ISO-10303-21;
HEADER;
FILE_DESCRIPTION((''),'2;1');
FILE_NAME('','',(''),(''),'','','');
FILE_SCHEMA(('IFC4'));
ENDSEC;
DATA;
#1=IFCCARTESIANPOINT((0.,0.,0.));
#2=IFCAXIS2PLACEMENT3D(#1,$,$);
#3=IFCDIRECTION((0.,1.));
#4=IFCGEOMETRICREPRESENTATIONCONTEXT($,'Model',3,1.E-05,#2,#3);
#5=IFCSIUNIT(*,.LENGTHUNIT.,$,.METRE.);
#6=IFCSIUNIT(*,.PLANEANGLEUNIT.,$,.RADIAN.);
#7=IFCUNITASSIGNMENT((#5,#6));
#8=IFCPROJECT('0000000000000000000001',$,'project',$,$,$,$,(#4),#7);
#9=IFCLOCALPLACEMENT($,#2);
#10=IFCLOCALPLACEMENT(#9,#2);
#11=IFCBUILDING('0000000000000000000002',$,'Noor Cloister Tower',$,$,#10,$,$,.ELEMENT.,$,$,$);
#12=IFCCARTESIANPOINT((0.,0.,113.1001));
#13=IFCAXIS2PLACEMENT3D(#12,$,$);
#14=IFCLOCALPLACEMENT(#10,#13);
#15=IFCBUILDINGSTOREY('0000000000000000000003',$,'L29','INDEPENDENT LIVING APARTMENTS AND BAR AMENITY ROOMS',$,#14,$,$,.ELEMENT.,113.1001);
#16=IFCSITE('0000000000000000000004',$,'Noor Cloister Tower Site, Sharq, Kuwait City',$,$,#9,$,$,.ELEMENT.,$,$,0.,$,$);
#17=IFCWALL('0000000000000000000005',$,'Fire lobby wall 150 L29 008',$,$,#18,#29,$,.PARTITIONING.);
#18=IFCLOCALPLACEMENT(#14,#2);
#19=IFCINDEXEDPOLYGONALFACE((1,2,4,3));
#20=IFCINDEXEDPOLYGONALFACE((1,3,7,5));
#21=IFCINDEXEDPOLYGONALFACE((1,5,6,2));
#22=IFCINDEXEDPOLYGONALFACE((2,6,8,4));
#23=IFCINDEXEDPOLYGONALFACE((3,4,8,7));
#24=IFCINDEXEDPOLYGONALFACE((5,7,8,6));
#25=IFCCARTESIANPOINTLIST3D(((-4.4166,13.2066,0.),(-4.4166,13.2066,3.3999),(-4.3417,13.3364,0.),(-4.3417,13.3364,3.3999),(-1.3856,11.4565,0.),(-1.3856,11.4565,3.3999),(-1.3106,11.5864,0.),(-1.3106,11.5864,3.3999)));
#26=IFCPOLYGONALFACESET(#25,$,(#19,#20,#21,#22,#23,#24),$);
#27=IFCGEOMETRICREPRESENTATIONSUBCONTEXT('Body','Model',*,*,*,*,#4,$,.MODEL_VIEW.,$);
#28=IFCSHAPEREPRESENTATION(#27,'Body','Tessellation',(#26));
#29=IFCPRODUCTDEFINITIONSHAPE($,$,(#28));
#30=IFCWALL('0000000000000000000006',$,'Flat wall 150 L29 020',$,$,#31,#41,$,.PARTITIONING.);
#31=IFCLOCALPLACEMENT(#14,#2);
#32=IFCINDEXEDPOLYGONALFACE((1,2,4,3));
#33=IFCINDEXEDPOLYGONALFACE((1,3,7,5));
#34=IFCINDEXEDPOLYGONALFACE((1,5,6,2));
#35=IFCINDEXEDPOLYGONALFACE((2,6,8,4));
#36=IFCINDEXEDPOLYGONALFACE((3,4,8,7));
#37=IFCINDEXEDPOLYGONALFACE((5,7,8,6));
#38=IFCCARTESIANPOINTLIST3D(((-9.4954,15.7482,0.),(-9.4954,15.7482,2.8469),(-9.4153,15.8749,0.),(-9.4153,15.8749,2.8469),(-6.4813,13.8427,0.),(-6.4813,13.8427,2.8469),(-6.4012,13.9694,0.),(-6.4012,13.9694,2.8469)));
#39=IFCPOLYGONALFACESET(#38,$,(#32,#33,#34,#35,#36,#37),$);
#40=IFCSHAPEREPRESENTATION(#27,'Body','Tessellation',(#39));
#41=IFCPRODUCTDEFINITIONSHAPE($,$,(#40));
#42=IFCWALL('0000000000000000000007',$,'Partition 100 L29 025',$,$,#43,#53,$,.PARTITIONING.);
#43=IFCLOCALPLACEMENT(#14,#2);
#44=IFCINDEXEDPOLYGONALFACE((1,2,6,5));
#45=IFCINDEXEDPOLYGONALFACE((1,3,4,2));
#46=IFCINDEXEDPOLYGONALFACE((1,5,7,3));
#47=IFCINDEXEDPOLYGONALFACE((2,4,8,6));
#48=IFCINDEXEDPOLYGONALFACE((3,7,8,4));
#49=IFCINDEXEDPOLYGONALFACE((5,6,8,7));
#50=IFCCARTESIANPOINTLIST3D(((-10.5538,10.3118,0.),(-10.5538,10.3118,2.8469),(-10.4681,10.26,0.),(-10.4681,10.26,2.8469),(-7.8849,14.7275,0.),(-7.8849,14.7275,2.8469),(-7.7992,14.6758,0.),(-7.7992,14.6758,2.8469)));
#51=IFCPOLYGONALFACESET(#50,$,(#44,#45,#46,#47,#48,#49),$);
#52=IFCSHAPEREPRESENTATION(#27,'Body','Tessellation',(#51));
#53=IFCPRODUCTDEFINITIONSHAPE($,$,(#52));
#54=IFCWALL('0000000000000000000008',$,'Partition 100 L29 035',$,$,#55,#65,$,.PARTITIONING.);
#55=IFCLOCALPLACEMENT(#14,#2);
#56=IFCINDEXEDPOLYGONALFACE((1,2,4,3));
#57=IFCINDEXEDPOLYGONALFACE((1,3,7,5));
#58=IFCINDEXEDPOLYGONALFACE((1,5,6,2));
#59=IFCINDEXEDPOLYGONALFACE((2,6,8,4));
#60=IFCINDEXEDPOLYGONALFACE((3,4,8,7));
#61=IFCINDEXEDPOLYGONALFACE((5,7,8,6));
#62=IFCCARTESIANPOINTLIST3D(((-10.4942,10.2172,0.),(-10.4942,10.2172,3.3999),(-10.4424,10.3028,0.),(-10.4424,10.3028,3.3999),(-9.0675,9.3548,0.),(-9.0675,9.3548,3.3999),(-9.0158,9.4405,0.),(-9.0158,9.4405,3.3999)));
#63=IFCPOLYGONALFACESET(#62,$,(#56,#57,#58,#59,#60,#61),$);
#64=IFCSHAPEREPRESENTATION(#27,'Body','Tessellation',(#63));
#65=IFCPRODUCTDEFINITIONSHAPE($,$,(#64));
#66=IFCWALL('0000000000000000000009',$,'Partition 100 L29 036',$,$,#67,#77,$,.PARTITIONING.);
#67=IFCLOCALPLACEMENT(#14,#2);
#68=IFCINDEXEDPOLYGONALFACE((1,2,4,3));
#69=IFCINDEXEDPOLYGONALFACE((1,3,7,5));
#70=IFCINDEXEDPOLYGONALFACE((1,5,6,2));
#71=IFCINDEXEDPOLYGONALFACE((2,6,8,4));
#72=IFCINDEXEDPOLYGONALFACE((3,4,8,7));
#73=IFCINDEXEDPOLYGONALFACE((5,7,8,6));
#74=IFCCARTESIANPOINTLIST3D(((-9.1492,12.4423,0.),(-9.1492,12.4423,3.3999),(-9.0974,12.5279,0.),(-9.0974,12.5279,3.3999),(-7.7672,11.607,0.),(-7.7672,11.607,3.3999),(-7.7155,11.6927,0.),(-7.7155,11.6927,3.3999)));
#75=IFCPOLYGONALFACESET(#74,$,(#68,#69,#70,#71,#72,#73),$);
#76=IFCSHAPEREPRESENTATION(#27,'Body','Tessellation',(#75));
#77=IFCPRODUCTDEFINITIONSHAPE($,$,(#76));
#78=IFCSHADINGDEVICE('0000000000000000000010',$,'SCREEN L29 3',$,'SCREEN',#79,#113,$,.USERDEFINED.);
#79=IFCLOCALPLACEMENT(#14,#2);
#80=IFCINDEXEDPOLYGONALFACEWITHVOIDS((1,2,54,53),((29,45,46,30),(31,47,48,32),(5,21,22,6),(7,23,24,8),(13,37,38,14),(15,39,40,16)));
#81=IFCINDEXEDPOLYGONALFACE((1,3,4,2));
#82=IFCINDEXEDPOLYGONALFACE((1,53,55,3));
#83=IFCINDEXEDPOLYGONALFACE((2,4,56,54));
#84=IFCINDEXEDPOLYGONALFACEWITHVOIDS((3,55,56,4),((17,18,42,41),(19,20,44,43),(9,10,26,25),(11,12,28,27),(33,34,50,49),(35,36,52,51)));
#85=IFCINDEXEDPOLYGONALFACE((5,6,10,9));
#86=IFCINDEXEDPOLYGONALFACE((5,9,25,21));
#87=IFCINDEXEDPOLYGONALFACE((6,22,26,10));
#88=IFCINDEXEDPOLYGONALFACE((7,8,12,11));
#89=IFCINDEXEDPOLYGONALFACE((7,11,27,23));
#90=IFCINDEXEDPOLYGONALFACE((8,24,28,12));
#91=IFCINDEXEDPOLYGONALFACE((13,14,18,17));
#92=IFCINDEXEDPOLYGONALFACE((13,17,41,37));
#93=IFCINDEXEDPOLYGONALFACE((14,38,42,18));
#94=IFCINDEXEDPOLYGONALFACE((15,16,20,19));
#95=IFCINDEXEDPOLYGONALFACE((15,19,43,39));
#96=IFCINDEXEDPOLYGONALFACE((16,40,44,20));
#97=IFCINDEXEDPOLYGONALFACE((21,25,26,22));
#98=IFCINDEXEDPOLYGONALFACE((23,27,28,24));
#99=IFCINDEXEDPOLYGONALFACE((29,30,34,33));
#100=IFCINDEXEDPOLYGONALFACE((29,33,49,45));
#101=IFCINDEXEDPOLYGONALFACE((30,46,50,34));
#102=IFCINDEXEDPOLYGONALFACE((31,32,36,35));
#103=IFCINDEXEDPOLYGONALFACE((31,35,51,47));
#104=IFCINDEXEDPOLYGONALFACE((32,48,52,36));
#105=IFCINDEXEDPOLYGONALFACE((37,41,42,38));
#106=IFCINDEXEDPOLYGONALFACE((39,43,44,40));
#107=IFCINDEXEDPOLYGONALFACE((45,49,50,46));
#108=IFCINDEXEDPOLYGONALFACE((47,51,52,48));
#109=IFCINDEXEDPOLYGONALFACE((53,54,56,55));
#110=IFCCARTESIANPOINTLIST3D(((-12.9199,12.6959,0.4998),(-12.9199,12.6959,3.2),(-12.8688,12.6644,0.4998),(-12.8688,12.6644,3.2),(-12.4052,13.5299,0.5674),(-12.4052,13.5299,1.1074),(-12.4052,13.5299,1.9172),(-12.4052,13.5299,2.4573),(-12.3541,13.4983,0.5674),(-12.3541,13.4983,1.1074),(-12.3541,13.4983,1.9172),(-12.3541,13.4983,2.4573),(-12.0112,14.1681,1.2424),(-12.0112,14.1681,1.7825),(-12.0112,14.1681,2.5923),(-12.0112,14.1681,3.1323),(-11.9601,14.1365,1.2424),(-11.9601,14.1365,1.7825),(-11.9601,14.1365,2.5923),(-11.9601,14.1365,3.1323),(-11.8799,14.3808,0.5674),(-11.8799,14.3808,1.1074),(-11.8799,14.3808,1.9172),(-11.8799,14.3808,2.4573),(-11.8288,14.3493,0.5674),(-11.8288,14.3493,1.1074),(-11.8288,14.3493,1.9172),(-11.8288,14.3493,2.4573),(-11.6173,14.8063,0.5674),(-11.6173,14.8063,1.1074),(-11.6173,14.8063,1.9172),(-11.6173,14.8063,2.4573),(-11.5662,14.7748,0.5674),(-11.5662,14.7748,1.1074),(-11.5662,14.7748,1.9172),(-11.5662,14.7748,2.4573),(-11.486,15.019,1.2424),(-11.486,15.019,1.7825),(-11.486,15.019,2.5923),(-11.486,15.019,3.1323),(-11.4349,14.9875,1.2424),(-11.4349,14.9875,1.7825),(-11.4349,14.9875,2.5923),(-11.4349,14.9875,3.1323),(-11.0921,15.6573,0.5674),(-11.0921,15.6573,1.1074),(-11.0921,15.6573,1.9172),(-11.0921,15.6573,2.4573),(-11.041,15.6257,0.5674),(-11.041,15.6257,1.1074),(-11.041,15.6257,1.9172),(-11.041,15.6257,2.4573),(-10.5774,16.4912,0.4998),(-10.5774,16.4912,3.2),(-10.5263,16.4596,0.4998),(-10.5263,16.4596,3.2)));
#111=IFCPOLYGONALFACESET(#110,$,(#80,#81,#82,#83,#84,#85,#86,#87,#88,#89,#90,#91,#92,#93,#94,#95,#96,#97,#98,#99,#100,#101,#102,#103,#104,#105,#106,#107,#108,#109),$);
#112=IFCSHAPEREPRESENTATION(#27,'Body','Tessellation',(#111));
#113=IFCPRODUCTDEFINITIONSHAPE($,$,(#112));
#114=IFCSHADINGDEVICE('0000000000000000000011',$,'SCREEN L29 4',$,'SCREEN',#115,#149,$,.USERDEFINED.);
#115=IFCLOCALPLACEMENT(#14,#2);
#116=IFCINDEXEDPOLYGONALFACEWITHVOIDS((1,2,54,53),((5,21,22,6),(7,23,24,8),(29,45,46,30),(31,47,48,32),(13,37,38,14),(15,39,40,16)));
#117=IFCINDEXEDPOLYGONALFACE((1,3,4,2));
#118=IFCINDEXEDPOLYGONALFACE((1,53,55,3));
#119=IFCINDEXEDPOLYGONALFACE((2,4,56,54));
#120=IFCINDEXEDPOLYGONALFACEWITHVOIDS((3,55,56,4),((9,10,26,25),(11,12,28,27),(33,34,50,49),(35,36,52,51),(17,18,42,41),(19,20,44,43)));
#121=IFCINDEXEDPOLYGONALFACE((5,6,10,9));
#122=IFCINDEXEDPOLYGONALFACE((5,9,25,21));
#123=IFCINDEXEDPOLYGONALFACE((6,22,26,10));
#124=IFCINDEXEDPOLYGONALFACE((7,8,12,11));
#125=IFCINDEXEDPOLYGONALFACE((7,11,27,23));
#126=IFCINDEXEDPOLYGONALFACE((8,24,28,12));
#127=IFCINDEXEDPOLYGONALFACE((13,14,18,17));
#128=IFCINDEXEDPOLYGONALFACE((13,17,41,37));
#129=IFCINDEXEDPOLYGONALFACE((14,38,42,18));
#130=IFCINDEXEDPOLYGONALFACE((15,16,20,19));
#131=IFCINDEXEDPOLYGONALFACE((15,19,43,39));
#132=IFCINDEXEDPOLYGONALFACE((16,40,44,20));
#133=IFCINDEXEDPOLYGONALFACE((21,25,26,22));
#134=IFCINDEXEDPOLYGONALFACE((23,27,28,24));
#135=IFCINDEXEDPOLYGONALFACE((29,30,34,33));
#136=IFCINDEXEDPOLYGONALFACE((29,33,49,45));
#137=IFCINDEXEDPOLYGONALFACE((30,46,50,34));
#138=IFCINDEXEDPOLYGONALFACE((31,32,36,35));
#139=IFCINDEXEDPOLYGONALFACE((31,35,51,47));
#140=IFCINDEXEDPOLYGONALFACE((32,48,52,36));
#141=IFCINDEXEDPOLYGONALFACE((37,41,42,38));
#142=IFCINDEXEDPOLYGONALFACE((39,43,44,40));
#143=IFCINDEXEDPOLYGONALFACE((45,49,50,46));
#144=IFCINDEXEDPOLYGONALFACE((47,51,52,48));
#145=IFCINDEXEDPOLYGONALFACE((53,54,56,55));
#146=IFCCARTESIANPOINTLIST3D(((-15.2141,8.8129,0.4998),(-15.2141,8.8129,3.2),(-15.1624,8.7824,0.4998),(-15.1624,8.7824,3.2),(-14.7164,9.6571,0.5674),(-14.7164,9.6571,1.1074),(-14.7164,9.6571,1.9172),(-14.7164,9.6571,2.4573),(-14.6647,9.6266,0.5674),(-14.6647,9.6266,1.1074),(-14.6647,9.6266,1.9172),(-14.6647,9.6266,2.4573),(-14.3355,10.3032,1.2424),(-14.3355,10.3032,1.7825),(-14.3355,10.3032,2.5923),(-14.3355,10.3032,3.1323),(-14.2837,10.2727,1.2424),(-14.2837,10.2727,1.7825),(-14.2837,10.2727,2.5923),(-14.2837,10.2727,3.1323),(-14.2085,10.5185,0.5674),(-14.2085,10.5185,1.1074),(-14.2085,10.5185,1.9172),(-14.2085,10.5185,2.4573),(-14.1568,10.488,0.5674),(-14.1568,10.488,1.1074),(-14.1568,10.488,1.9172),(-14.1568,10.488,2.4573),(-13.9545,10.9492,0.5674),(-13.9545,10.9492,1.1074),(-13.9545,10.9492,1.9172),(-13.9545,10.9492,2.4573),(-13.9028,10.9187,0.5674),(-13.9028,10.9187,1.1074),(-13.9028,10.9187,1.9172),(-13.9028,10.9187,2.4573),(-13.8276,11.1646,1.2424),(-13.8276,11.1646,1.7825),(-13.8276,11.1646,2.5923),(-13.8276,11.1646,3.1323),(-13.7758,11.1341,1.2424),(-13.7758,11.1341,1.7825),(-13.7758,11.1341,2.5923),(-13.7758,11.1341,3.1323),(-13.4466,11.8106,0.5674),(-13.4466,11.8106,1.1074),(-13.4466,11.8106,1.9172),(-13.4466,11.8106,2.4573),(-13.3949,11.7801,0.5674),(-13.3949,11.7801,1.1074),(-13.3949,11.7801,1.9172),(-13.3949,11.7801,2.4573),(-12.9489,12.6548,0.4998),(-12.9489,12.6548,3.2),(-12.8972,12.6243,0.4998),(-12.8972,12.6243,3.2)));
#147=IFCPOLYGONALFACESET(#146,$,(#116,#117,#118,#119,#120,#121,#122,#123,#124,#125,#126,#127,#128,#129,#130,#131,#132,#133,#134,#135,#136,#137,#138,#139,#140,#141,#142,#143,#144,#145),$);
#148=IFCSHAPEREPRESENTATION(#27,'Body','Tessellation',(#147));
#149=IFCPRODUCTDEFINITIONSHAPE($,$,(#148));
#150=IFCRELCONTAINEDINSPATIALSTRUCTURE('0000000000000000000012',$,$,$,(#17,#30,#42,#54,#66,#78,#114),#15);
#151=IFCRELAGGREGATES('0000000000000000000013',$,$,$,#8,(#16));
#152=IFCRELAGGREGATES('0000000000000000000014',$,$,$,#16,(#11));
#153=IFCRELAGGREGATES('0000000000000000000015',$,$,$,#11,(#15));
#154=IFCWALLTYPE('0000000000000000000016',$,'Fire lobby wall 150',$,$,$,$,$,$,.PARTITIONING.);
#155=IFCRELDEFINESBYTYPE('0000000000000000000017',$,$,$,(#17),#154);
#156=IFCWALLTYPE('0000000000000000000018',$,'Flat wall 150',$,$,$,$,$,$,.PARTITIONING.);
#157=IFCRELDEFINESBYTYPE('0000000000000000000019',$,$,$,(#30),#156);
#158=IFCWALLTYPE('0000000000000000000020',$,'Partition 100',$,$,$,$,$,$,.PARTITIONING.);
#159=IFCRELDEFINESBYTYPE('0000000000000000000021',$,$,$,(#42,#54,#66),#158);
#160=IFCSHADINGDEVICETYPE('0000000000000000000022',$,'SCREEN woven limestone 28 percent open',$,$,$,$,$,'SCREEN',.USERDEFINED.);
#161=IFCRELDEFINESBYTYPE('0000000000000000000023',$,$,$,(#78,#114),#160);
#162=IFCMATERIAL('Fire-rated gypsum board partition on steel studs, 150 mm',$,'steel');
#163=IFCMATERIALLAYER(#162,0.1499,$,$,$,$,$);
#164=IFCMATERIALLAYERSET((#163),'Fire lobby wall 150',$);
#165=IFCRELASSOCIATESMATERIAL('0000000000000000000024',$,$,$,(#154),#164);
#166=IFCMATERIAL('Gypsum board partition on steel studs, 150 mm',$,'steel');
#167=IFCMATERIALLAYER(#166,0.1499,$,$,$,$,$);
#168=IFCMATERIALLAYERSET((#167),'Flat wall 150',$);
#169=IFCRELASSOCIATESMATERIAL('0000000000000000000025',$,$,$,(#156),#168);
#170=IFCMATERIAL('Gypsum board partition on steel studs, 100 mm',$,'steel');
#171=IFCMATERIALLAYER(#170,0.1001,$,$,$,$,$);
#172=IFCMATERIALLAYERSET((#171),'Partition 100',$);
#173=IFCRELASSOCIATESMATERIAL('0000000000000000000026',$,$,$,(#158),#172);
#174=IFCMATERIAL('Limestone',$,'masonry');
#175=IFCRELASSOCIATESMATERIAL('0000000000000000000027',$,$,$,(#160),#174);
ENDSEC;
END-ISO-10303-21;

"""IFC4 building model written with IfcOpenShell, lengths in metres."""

from ifc_helpers import new_model, si_unit, direction, frame, frame_2d, origin, place, context, subcontext, project, spatial, polyline, rectangle, outline, extrude, material, layer, layer_set, material_profile, profile_set, type_object, element, save


model = new_model("IFC4")

# Units and contexts
model_context = context("Model", 3, precision=1e-05, world=origin(), true_north=direction((0.0, 1.0)))
body_context = subcontext(model_context, "Body", "Model", "MODEL_VIEW")
ifc_project = project(units=[si_unit("LENGTHUNIT", "METRE"), si_unit("PLANEANGLEUNIT", "RADIAN")], contexts=[model_context])

# Site, building, storey
site_placement = place(None, origin())
site = spatial("IfcSite", under=ifc_project, at=site_placement, Name="Noor Cloister Tower Site, Sharq, Kuwait City", CompositionType="ELEMENT", RefElevation=0.0)
building_placement = place(site_placement, origin())
building = spatial("IfcBuilding", under=site, at=building_placement, Name="Noor Cloister Tower", CompositionType="ELEMENT")
storey_placement = place(building_placement, frame((0.0, 0.0, 113.1001)))
storey = spatial("IfcBuildingStorey", under=building, at=storey_placement, Name="L29", Description="INDEPENDENT LIVING APARTMENTS AND BAR AMENITY ROOMS", CompositionType="ELEMENT", Elevation=113.1001)

# Shared definitions
ifc_material_1 = material(Name="Fire-rated gypsum board partition on steel studs, 150 mm", Category="steel")
ifc_layer_1 = layer(ifc_material_1, 0.1499)
ifc_layer_set_1 = layer_set([ifc_layer_1], Name="Fire lobby wall 150")
wall_type_1 = type_object("IfcWallType", Name="Fire lobby wall 150", PredefinedType="PARTITIONING", material=ifc_layer_set_1)

# Walls
wall_1_placement = place(storey_placement, frame((-4.3792, 13.2715, 0.0), z_axis=(0.0, 0.0, 1.0), x_axis=(0.866019, -0.50001, 0.0)))
element("IfcWall", 1, at=wall_1_placement, inside=storey, type_object=wall_type_1, Name="Fire lobby wall 150 L29 008", PredefinedType="PARTITIONING", context=body_context, shape_type="SweptSolid", body=[
    extrude(rectangle(XDim=3.5, YDim=0.1499, at=frame_2d((1.75, 0.0))), origin(), (0.0, 0.0, 1.0), 3.3999),
])
ifc_material_2 = material(Name="Gypsum board partition on steel studs, 150 mm", Category="steel")
ifc_layer_2 = layer(ifc_material_2, 0.1499)
ifc_layer_set_2 = layer_set([ifc_layer_2], Name="Flat wall 150")
wall_type_2 = type_object("IfcWallType", Name="Flat wall 150", PredefinedType="PARTITIONING", material=ifc_layer_set_2)
wall_2_placement = place(storey_placement, frame((-9.4553, 15.8115, 0.0), z_axis=(0.0, 0.0, 1.0), x_axis=(0.845256, -0.534361, 0.0)))
element("IfcWall", 2, at=wall_2_placement, inside=storey, type_object=wall_type_2, Name="Flat wall 150 L29 020", PredefinedType="PARTITIONING", context=body_context, shape_type="SweptSolid", body=[
    extrude(rectangle(XDim=3.5659, YDim=0.1499, at=frame_2d((1.783, 0.0))), origin(), (0.0, 0.0, 1.0), 2.8469),
])
ifc_material_3 = material(Name="Gypsum board partition on steel studs, 100 mm", Category="steel")
ifc_layer_3 = layer(ifc_material_3, 0.1001)
ifc_layer_set_3 = layer_set([ifc_layer_3], Name="Partition 100")
wall_type_3 = type_object("IfcWallType", Name="Partition 100", PredefinedType="PARTITIONING", material=ifc_layer_set_3)
wall_3_placement = place(storey_placement, frame((-7.842, 14.7017, 0.0), z_axis=(0.0, 0.0, 1.0), x_axis=(-0.517269, -0.855823, 0.0)))
element("IfcWall", 3, at=wall_3_placement, inside=storey, type_object=wall_type_3, Name="Partition 100 L29 025", PredefinedType="PARTITIONING", context=body_context, shape_type="SweptSolid", body=[
    extrude(rectangle(XDim=5.1597, YDim=0.1001, at=frame_2d((2.5798, 0.0))), origin(), (0.0, 0.0, 1.0), 2.8469),
])
wall_4_placement = place(storey_placement, frame((-10.4683, 10.26, 0.0), z_axis=(0.0, 0.0, 1.0), x_axis=(0.855795, -0.517315, 0.0)))
element("IfcWall", 4, at=wall_4_placement, inside=storey, type_object=wall_type_3, Name="Partition 100 L29 035", PredefinedType="PARTITIONING", context=body_context, shape_type="SweptSolid", body=[
    extrude(rectangle(XDim=1.667, YDim=0.1001, at=frame_2d((0.8335, 0.0))), origin(), (0.0, 0.0, 1.0), 3.3999),
])
wall_5_placement = place(storey_placement, frame((-9.1233, 12.4851, 0.0), z_axis=(0.0, 0.0, 1.0), x_axis=(0.855821, -0.517273, 0.0)))
element("IfcWall", 5, at=wall_5_placement, inside=storey, type_object=wall_type_3, Name="Partition 100 L29 036", PredefinedType="PARTITIONING", context=body_context, shape_type="SweptSolid", body=[
    extrude(rectangle(XDim=1.6147, YDim=0.1001, at=frame_2d((0.8074, 0.0))), origin(), (0.0, 0.0, 1.0), 3.3999),
])

# Shading devices
ifc_material_4 = material(Name="Limestone", Category="masonry")
ifc_material_profile_1 = material_profile(ifc_material_4, outline(polyline([(-2.23, -1.3501), (2.23, -1.3501), (2.23, 1.3501), (-2.23, 1.3501), (-2.23, -1.3501)]), holes=[polyline([(-1.25, -1.2825), (-0.25, -1.2825), (-0.25, -0.7424), (-1.25, -0.7424), (-1.25, -1.2825)]), polyline([(0.25, -1.2825), (1.25, -1.2825), (1.25, -0.7424), (0.25, -0.7424), (0.25, -1.2825)]), polyline([(-0.5, -0.6074), (0.5, -0.6074), (0.5, -0.0674), (-0.5, -0.0674), (-0.5, -0.6074)]), polyline([(-1.25, 0.0674), (-0.25, 0.0674), (-0.25, 0.6074), (-1.25, 0.6074), (-1.25, 0.0674)]), polyline([(0.25, 0.0674), (1.25, 0.0674), (1.25, 0.6074), (0.25, 0.6074), (0.25, 0.0674)]), polyline([(-0.5, 0.7424), (0.5, 0.7424), (0.5, 1.2825), (-0.5, 1.2825), (-0.5, 0.7424)])]), Name="Woven screen 28 percent open")
ifc_profile_set_1 = profile_set([ifc_material_profile_1], Name="Limestone")
shading_device_type = type_object("IfcShadingDeviceType", Name="SCREEN woven limestone 28 percent open", ElementType="SCREEN", PredefinedType="USERDEFINED", material=ifc_profile_set_1)
for number, where, z_axis, x_axis, name in (
    (6, (-11.6975, 14.562, 1.8499), (-0.850959, 0.525233, 0.0), (-0.525233, -0.850959, 0.0), "SCREEN L29 3"),
    (7, (-14.0298, 10.7034, 1.8499), (-0.861411, 0.507908, 0.0), (-0.507908, -0.861411, 0.0), "SCREEN L29 4"),
):
    element("IfcShadingDevice", number, at=place(storey_placement, frame(where, z_axis=z_axis, x_axis=x_axis)), inside=storey, type_object=shading_device_type, Name=name, ObjectType="SCREEN", PredefinedType="USERDEFINED", context=body_context, shape_type="SweptSolid", body=[
        extrude(outline(polyline([(-2.23, -1.3501), (2.23, -1.3501), (2.23, 1.3501), (-2.23, 1.3501), (-2.23, -1.3501)]), holes=[polyline([(-1.25, -1.2825), (-0.25, -1.2825), (-0.25, -0.7424), (-1.25, -0.7424), (-1.25, -1.2825)]), polyline([(0.25, -1.2825), (1.25, -1.2825), (1.25, -0.7424), (0.25, -0.7424), (0.25, -1.2825)]), polyline([(-0.5, -0.6074), (0.5, -0.6074), (0.5, -0.0674), (-0.5, -0.0674), (-0.5, -0.6074)]), polyline([(-1.25, 0.0674), (-0.25, 0.0674), (-0.25, 0.6074), (-1.25, 0.6074), (-1.25, 0.0674)]), polyline([(0.25, 0.0674), (1.25, 0.0674), (1.25, 0.6074), (0.25, 0.6074), (0.25, 0.0674)]), polyline([(-0.5, 0.7424), (0.5, 0.7424), (0.5, 1.2825), (-0.5, 1.2825), (-0.5, 0.7424)])]), origin(), (0.0, 0.0, 1.0), 0.0601),
    ])

save(model, "model.ifc")
